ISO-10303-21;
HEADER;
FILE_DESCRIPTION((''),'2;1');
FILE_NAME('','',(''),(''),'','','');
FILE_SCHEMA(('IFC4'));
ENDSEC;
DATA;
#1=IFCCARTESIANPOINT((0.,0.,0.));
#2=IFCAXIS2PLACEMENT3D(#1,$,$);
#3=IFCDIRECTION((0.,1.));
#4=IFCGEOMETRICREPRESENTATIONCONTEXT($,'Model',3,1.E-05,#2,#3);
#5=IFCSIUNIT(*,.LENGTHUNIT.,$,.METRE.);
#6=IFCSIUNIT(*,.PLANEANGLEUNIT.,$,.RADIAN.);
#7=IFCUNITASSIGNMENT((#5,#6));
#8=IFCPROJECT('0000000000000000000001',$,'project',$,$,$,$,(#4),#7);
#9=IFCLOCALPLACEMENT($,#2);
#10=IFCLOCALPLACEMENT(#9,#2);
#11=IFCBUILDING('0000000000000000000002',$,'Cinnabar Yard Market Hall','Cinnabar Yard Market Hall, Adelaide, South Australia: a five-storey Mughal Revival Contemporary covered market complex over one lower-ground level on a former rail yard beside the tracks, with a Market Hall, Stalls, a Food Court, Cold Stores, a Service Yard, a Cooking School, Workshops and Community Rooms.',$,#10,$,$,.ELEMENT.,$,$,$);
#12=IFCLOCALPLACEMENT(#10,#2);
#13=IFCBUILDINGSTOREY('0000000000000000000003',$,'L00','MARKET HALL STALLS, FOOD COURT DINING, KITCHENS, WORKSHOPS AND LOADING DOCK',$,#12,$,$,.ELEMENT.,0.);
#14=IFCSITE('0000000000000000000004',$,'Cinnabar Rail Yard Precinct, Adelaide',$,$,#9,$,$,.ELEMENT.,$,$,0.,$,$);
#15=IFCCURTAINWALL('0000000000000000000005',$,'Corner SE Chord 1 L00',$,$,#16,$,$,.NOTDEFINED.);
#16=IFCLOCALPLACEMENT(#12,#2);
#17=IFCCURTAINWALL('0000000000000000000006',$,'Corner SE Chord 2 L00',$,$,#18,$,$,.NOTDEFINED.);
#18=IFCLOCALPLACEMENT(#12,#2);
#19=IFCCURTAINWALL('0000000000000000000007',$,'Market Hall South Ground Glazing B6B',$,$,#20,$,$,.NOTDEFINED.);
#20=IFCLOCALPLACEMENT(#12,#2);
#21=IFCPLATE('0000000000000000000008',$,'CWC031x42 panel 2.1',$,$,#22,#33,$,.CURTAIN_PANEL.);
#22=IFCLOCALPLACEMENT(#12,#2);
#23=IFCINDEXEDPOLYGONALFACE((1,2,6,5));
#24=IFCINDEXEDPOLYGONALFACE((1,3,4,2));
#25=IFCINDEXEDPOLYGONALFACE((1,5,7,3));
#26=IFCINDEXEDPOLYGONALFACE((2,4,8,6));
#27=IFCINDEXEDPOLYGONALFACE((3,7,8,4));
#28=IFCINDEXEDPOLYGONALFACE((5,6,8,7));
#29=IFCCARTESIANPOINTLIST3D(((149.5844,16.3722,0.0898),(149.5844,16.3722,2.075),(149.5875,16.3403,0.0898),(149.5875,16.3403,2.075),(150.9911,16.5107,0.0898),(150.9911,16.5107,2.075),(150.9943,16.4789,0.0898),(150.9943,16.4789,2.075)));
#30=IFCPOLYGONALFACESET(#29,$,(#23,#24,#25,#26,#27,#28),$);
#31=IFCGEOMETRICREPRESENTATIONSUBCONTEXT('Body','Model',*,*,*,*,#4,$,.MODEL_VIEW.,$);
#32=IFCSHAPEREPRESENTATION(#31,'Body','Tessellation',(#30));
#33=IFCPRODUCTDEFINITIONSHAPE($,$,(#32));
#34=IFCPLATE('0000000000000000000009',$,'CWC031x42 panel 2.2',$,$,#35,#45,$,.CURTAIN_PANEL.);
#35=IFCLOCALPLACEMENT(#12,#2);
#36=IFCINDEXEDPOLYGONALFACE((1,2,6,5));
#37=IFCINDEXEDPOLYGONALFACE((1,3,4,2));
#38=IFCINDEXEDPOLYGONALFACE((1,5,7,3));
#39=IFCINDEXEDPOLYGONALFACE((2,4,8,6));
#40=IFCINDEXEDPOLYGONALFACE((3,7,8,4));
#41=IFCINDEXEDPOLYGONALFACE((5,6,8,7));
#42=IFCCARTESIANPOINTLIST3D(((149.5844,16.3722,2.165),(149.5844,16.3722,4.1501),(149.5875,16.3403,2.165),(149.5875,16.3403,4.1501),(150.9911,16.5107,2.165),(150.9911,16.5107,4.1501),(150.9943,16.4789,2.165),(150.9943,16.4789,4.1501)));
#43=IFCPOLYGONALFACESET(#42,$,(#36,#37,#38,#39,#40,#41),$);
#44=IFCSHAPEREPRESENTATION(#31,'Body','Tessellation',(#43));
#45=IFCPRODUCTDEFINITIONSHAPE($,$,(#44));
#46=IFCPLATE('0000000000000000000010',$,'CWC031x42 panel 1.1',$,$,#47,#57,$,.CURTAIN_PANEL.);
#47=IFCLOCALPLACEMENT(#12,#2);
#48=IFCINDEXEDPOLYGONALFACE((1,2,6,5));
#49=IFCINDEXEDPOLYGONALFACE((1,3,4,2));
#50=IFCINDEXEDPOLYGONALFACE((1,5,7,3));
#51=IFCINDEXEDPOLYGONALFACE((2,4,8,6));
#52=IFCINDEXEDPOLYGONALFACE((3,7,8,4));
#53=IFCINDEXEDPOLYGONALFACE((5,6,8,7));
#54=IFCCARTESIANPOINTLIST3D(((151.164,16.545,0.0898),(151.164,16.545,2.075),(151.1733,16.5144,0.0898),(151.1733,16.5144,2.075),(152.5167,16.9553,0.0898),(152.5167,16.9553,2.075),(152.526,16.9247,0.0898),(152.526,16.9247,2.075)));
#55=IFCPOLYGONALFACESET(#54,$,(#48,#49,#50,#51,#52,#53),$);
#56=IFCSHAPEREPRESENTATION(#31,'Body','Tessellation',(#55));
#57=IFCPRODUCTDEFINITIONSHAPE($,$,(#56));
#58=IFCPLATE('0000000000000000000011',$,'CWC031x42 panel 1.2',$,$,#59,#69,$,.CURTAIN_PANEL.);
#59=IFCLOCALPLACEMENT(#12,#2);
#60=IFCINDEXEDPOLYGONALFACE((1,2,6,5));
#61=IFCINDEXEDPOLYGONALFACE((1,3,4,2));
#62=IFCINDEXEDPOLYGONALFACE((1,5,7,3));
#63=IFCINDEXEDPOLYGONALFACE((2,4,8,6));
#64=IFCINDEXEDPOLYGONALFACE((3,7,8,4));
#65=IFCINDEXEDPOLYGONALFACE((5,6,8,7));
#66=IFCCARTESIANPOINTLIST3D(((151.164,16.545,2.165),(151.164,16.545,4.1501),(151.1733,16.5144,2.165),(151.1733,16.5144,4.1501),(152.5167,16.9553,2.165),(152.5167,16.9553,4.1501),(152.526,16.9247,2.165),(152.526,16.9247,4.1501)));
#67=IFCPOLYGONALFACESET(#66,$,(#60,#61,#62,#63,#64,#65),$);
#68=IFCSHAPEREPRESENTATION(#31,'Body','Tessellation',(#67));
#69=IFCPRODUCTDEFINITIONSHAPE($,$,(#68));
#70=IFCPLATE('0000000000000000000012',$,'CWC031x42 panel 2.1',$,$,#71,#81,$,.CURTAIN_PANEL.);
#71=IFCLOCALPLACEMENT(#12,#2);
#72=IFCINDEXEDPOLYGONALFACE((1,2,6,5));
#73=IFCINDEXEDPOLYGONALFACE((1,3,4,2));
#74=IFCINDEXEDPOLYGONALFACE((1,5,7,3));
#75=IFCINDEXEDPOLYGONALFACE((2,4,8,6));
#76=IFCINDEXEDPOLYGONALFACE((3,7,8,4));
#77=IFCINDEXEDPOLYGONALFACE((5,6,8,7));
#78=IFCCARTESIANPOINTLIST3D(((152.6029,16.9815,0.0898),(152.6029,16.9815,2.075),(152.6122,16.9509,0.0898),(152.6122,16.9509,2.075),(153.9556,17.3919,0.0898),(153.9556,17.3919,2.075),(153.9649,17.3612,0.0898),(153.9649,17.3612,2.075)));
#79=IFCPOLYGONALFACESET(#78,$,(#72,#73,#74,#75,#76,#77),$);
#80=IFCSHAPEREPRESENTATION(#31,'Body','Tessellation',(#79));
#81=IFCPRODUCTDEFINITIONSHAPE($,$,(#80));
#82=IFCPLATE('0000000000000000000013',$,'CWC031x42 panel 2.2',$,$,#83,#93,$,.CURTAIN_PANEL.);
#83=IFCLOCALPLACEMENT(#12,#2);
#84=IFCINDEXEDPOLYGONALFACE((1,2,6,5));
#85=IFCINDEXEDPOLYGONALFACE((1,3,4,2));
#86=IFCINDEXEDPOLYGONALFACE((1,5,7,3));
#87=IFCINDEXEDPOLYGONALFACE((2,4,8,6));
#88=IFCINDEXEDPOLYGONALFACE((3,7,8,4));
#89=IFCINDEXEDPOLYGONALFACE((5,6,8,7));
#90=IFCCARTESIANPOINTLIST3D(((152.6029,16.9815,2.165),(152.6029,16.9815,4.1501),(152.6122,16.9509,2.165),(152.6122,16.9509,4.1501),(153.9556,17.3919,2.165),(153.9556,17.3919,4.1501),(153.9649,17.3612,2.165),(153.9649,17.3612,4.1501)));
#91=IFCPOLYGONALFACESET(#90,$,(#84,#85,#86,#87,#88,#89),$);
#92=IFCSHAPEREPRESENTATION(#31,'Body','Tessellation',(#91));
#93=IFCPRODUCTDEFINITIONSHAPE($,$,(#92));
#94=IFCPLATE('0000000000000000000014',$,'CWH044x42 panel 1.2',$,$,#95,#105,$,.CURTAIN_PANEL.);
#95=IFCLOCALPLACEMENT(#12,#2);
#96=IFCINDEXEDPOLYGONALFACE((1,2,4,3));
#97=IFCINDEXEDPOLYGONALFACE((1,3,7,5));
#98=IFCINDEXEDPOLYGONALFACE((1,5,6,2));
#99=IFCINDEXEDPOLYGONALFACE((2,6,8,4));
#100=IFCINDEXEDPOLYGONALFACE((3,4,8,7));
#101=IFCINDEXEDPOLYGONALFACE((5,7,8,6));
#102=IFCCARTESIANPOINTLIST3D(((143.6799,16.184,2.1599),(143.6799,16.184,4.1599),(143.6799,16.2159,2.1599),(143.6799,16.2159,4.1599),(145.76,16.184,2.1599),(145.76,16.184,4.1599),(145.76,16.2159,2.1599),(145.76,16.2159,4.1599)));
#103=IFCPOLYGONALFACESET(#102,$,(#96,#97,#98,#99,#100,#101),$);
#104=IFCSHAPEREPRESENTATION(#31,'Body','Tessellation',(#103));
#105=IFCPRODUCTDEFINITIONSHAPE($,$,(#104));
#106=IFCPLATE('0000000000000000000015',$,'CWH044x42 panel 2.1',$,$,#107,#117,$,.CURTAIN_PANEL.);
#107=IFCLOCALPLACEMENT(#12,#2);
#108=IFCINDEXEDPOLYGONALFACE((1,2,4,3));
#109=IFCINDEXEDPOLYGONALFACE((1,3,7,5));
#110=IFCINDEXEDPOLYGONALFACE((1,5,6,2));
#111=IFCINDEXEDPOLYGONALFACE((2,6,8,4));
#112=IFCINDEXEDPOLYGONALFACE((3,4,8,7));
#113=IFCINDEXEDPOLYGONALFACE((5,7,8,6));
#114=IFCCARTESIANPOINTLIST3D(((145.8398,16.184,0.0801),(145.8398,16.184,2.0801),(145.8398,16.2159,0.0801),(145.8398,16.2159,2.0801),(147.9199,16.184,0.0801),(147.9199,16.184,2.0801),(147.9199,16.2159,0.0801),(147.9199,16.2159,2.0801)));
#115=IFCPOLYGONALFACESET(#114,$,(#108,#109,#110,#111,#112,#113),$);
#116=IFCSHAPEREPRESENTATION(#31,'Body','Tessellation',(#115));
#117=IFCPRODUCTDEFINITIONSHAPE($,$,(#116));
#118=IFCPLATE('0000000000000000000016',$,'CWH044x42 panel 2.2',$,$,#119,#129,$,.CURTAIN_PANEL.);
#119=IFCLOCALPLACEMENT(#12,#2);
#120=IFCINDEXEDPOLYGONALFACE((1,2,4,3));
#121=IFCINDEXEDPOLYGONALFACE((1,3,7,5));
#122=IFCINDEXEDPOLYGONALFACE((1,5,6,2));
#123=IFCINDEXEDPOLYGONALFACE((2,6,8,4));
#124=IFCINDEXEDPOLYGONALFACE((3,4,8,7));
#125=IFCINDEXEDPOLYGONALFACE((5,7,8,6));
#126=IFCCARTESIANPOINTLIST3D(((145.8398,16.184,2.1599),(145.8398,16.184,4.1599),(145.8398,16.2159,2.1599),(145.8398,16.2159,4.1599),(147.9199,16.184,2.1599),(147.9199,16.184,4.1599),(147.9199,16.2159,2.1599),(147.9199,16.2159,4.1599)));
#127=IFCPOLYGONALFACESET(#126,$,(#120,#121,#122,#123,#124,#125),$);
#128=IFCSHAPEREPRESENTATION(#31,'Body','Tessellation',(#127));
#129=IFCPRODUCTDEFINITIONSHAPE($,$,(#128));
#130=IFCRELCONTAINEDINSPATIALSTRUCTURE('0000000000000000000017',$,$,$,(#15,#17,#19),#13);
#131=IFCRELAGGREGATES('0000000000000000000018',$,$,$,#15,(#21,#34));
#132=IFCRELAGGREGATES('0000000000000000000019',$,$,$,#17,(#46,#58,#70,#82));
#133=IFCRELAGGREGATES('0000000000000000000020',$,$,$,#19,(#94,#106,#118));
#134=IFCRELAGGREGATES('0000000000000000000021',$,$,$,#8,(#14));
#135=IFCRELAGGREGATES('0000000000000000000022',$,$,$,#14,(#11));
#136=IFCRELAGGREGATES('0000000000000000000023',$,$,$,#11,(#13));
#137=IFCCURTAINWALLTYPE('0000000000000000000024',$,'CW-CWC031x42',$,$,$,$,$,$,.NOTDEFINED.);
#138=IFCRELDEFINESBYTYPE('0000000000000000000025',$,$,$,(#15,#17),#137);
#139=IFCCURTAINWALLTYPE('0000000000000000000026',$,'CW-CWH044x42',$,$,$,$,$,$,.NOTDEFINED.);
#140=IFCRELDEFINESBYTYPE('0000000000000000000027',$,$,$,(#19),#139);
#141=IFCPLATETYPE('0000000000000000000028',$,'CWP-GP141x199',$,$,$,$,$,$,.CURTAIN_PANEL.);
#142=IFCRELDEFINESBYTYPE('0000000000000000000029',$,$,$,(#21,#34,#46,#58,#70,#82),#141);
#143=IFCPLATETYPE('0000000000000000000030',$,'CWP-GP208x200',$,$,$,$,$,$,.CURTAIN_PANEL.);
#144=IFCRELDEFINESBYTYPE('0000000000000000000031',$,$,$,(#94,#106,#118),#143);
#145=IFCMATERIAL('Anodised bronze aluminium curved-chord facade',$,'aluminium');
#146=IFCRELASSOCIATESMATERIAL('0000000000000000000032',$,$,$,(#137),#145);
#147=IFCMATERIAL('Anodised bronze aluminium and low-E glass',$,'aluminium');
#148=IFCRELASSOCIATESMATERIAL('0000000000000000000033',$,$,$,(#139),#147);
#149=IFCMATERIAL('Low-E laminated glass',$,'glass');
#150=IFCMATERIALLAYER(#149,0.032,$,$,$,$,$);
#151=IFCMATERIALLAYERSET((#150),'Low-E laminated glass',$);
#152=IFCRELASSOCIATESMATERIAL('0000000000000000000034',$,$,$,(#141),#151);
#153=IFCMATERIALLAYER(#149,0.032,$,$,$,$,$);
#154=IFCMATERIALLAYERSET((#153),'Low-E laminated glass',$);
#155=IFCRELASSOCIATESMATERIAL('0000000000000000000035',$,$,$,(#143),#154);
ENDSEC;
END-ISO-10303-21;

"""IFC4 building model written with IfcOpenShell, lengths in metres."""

from ifc_helpers import new_model, si_unit, direction, frame, origin, origin_2d_with_axis, place, context, subcontext, project, spatial, rectangle, extrude, material, layer, layer_set, type_object, element, aggregate, save


model = new_model("IFC4")

# Units and contexts
model_context = context("Model", 3, precision=1e-05, world=origin(), true_north=direction((0.0, 1.0)))
body_context = subcontext(model_context, "Body", "Model", "MODEL_VIEW")
ifc_project = project(units=[si_unit("LENGTHUNIT", "METRE"), si_unit("PLANEANGLEUNIT", "RADIAN")], contexts=[model_context])

# Site, building, storey
site_placement = place(None, origin())
site = spatial("IfcSite", under=ifc_project, at=site_placement, Name="Cinnabar Rail Yard Precinct, Adelaide", CompositionType="ELEMENT", RefElevation=0.0)
building_placement = place(site_placement, origin())
building = spatial("IfcBuilding", under=site, at=building_placement, Name="Cinnabar Yard Market Hall", Description="Cinnabar Yard Market Hall, Adelaide, South Australia: a five-storey Mughal Revival Contemporary covered market complex over one lower-ground level on a former rail yard beside the tracks, with a Market Hall, Stalls, a Food Court, Cold Stores, a Service Yard, a Cooking School, Workshops and Community Rooms.", CompositionType="ELEMENT")
storey_placement = place(building_placement, origin())
storey = spatial("IfcBuildingStorey", under=building, at=storey_placement, Name="L00", Description="MARKET HALL STALLS, FOOD COURT DINING, KITCHENS, WORKSHOPS AND LOADING DOCK", CompositionType="ELEMENT", Elevation=0.0)

# Curtain walls
ifc_material_1 = material(Name="Anodised bronze aluminium curved-chord facade", Category="aluminium")
curtain_wall_type_1 = type_object("IfcCurtainWallType", Name="CW-CWC031x42", PredefinedType="NOTDEFINED", material=ifc_material_1)
curtain_wall_1_placement = place(storey_placement, origin())
curtain_wall_1 = element("IfcCurtainWall", 1, at=curtain_wall_1_placement, inside=storey, type_object=curtain_wall_type_1, Name="Corner SE Chord 1 L00", PredefinedType="NOTDEFINED")
curtain_wall_2_placement = place(storey_placement, origin())
curtain_wall_2 = element("IfcCurtainWall", 2, at=curtain_wall_2_placement, inside=storey, type_object=curtain_wall_type_1, Name="Corner SE Chord 2 L00", PredefinedType="NOTDEFINED")
ifc_material_2 = material(Name="Anodised bronze aluminium and low-E glass", Category="aluminium")
curtain_wall_type_2 = type_object("IfcCurtainWallType", Name="CW-CWH044x42", PredefinedType="NOTDEFINED", material=ifc_material_2)
curtain_wall_3_placement = place(storey_placement, origin())
curtain_wall_3 = element("IfcCurtainWall", 3, at=curtain_wall_3_placement, inside=storey, type_object=curtain_wall_type_2, Name="Market Hall South Ground Glazing B6B", PredefinedType="NOTDEFINED")

# Plates
ifc_material_3 = material(Name="Low-E laminated glass", Category="glass")
ifc_layer_1 = layer(ifc_material_3, 0.032)
ifc_layer_set_1 = layer_set([ifc_layer_1], Name="Low-E laminated glass")
plate_type_1 = type_object("IfcPlateType", Name="CWP-GP141x199", PredefinedType="CURTAIN_PANEL", material=ifc_layer_set_1)
plate_1_placement = place(storey_placement, frame((150.2893, 16.4255, 0.0898), z_axis=(0.0, 0.0, 1.0), x_axis=(0.995184, 0.09802, 0.0)))
plate_1 = element("IfcPlate", 4, at=plate_1_placement, type_object=plate_type_1, Name="CWC031x42 panel 2.1", PredefinedType="CURTAIN_PANEL", context=body_context, shape_type="SweptSolid", body=[
    extrude(rectangle(XDim=1.4136, YDim=0.032, at=origin_2d_with_axis()), origin(), (0.0, 0.0, 1.0), 1.9851),
])
plate_2_placement = place(storey_placement, frame((150.2893, 16.4255, 2.165), z_axis=(0.0, 0.0, 1.0), x_axis=(0.995184, 0.09802, 0.0)))
plate_2 = element("IfcPlate", 5, at=plate_2_placement, type_object=plate_type_1, Name="CWC031x42 panel 2.2", PredefinedType="CURTAIN_PANEL", context=body_context, shape_type="SweptSolid", body=[
    extrude(rectangle(XDim=1.4136, YDim=0.032, at=origin_2d_with_axis()), origin(), (0.0, 0.0, 1.0), 1.9851),
])
aggregate(curtain_wall_1, [plate_1, plate_2])
plate_3_placement = place(storey_placement, frame((151.845, 16.7349, 0.0898), z_axis=(0.0, 0.0, 1.0), x_axis=(0.956942, 0.290279, 0.0)))
plate_3 = element("IfcPlate", 6, at=plate_3_placement, type_object=plate_type_1, Name="CWC031x42 panel 1.1", PredefinedType="CURTAIN_PANEL", context=body_context, shape_type="SweptSolid", body=[
    extrude(rectangle(XDim=1.4136, YDim=0.032, at=origin_2d_with_axis()), origin(), (0.0, 0.0, 1.0), 1.9851),
])
plate_4_placement = place(storey_placement, frame((151.845, 16.7349, 2.165), z_axis=(0.0, 0.0, 1.0), x_axis=(0.956942, 0.290279, 0.0)))
plate_4 = element("IfcPlate", 7, at=plate_4_placement, type_object=plate_type_1, Name="CWC031x42 panel 1.2", PredefinedType="CURTAIN_PANEL", context=body_context, shape_type="SweptSolid", body=[
    extrude(rectangle(XDim=1.4136, YDim=0.032, at=origin_2d_with_axis()), origin(), (0.0, 0.0, 1.0), 1.9851),
])
plate_5_placement = place(storey_placement, frame((153.2839, 17.1714, 0.0898), z_axis=(0.0, 0.0, 1.0), x_axis=(0.956942, 0.290279, 0.0)))
plate_5 = element("IfcPlate", 8, at=plate_5_placement, type_object=plate_type_1, Name="CWC031x42 panel 2.1", PredefinedType="CURTAIN_PANEL", context=body_context, shape_type="SweptSolid", body=[
    extrude(rectangle(XDim=1.4136, YDim=0.032, at=origin_2d_with_axis()), origin(), (0.0, 0.0, 1.0), 1.9851),
])
plate_6_placement = place(storey_placement, frame((153.2839, 17.1714, 2.165), z_axis=(0.0, 0.0, 1.0), x_axis=(0.956942, 0.290279, 0.0)))
plate_6 = element("IfcPlate", 9, at=plate_6_placement, type_object=plate_type_1, Name="CWC031x42 panel 2.2", PredefinedType="CURTAIN_PANEL", context=body_context, shape_type="SweptSolid", body=[
    extrude(rectangle(XDim=1.4136, YDim=0.032, at=origin_2d_with_axis()), origin(), (0.0, 0.0, 1.0), 1.9851),
])
aggregate(curtain_wall_2, [plate_3, plate_4, plate_5, plate_6])
ifc_layer_2 = layer(ifc_material_3, 0.032)
ifc_layer_set_2 = layer_set([ifc_layer_2], Name="Low-E laminated glass")
plate_type_2 = type_object("IfcPlateType", Name="CWP-GP208x200", PredefinedType="CURTAIN_PANEL", material=ifc_layer_set_2)
plate_7_placement = place(storey_placement, frame((144.72, 16.2, 2.1599), z_axis=(0.0, 0.0, 1.0), x_axis=(1.0, 0.0, 0.0)))
plate_7 = element("IfcPlate", 10, at=plate_7_placement, type_object=plate_type_2, Name="CWH044x42 panel 1.2", PredefinedType="CURTAIN_PANEL", context=body_context, shape_type="SweptSolid", body=[
    extrude(rectangle(XDim=2.0801, YDim=0.032, at=origin_2d_with_axis()), origin(), (0.0, 0.0, 1.0), 2.0),
])
plate_8_placement = place(storey_placement, frame((146.8799, 16.2, 0.0801), z_axis=(0.0, 0.0, 1.0), x_axis=(1.0, 0.0, 0.0)))
plate_8 = element("IfcPlate", 11, at=plate_8_placement, type_object=plate_type_2, Name="CWH044x42 panel 2.1", PredefinedType="CURTAIN_PANEL", context=body_context, shape_type="SweptSolid", body=[
    extrude(rectangle(XDim=2.0801, YDim=0.032, at=origin_2d_with_axis()), origin(), (0.0, 0.0, 1.0), 2.0),
])
plate_9_placement = place(storey_placement, frame((146.8799, 16.2, 2.1599), z_axis=(0.0, 0.0, 1.0), x_axis=(1.0, 0.0, 0.0)))
plate_9 = element("IfcPlate", 12, at=plate_9_placement, type_object=plate_type_2, Name="CWH044x42 panel 2.2", PredefinedType="CURTAIN_PANEL", context=body_context, shape_type="SweptSolid", body=[
    extrude(rectangle(XDim=2.0801, YDim=0.032, at=origin_2d_with_axis()), origin(), (0.0, 0.0, 1.0), 2.0),
])
aggregate(curtain_wall_3, [plate_7, plate_8, plate_9])

save(model, "model.ifc")
